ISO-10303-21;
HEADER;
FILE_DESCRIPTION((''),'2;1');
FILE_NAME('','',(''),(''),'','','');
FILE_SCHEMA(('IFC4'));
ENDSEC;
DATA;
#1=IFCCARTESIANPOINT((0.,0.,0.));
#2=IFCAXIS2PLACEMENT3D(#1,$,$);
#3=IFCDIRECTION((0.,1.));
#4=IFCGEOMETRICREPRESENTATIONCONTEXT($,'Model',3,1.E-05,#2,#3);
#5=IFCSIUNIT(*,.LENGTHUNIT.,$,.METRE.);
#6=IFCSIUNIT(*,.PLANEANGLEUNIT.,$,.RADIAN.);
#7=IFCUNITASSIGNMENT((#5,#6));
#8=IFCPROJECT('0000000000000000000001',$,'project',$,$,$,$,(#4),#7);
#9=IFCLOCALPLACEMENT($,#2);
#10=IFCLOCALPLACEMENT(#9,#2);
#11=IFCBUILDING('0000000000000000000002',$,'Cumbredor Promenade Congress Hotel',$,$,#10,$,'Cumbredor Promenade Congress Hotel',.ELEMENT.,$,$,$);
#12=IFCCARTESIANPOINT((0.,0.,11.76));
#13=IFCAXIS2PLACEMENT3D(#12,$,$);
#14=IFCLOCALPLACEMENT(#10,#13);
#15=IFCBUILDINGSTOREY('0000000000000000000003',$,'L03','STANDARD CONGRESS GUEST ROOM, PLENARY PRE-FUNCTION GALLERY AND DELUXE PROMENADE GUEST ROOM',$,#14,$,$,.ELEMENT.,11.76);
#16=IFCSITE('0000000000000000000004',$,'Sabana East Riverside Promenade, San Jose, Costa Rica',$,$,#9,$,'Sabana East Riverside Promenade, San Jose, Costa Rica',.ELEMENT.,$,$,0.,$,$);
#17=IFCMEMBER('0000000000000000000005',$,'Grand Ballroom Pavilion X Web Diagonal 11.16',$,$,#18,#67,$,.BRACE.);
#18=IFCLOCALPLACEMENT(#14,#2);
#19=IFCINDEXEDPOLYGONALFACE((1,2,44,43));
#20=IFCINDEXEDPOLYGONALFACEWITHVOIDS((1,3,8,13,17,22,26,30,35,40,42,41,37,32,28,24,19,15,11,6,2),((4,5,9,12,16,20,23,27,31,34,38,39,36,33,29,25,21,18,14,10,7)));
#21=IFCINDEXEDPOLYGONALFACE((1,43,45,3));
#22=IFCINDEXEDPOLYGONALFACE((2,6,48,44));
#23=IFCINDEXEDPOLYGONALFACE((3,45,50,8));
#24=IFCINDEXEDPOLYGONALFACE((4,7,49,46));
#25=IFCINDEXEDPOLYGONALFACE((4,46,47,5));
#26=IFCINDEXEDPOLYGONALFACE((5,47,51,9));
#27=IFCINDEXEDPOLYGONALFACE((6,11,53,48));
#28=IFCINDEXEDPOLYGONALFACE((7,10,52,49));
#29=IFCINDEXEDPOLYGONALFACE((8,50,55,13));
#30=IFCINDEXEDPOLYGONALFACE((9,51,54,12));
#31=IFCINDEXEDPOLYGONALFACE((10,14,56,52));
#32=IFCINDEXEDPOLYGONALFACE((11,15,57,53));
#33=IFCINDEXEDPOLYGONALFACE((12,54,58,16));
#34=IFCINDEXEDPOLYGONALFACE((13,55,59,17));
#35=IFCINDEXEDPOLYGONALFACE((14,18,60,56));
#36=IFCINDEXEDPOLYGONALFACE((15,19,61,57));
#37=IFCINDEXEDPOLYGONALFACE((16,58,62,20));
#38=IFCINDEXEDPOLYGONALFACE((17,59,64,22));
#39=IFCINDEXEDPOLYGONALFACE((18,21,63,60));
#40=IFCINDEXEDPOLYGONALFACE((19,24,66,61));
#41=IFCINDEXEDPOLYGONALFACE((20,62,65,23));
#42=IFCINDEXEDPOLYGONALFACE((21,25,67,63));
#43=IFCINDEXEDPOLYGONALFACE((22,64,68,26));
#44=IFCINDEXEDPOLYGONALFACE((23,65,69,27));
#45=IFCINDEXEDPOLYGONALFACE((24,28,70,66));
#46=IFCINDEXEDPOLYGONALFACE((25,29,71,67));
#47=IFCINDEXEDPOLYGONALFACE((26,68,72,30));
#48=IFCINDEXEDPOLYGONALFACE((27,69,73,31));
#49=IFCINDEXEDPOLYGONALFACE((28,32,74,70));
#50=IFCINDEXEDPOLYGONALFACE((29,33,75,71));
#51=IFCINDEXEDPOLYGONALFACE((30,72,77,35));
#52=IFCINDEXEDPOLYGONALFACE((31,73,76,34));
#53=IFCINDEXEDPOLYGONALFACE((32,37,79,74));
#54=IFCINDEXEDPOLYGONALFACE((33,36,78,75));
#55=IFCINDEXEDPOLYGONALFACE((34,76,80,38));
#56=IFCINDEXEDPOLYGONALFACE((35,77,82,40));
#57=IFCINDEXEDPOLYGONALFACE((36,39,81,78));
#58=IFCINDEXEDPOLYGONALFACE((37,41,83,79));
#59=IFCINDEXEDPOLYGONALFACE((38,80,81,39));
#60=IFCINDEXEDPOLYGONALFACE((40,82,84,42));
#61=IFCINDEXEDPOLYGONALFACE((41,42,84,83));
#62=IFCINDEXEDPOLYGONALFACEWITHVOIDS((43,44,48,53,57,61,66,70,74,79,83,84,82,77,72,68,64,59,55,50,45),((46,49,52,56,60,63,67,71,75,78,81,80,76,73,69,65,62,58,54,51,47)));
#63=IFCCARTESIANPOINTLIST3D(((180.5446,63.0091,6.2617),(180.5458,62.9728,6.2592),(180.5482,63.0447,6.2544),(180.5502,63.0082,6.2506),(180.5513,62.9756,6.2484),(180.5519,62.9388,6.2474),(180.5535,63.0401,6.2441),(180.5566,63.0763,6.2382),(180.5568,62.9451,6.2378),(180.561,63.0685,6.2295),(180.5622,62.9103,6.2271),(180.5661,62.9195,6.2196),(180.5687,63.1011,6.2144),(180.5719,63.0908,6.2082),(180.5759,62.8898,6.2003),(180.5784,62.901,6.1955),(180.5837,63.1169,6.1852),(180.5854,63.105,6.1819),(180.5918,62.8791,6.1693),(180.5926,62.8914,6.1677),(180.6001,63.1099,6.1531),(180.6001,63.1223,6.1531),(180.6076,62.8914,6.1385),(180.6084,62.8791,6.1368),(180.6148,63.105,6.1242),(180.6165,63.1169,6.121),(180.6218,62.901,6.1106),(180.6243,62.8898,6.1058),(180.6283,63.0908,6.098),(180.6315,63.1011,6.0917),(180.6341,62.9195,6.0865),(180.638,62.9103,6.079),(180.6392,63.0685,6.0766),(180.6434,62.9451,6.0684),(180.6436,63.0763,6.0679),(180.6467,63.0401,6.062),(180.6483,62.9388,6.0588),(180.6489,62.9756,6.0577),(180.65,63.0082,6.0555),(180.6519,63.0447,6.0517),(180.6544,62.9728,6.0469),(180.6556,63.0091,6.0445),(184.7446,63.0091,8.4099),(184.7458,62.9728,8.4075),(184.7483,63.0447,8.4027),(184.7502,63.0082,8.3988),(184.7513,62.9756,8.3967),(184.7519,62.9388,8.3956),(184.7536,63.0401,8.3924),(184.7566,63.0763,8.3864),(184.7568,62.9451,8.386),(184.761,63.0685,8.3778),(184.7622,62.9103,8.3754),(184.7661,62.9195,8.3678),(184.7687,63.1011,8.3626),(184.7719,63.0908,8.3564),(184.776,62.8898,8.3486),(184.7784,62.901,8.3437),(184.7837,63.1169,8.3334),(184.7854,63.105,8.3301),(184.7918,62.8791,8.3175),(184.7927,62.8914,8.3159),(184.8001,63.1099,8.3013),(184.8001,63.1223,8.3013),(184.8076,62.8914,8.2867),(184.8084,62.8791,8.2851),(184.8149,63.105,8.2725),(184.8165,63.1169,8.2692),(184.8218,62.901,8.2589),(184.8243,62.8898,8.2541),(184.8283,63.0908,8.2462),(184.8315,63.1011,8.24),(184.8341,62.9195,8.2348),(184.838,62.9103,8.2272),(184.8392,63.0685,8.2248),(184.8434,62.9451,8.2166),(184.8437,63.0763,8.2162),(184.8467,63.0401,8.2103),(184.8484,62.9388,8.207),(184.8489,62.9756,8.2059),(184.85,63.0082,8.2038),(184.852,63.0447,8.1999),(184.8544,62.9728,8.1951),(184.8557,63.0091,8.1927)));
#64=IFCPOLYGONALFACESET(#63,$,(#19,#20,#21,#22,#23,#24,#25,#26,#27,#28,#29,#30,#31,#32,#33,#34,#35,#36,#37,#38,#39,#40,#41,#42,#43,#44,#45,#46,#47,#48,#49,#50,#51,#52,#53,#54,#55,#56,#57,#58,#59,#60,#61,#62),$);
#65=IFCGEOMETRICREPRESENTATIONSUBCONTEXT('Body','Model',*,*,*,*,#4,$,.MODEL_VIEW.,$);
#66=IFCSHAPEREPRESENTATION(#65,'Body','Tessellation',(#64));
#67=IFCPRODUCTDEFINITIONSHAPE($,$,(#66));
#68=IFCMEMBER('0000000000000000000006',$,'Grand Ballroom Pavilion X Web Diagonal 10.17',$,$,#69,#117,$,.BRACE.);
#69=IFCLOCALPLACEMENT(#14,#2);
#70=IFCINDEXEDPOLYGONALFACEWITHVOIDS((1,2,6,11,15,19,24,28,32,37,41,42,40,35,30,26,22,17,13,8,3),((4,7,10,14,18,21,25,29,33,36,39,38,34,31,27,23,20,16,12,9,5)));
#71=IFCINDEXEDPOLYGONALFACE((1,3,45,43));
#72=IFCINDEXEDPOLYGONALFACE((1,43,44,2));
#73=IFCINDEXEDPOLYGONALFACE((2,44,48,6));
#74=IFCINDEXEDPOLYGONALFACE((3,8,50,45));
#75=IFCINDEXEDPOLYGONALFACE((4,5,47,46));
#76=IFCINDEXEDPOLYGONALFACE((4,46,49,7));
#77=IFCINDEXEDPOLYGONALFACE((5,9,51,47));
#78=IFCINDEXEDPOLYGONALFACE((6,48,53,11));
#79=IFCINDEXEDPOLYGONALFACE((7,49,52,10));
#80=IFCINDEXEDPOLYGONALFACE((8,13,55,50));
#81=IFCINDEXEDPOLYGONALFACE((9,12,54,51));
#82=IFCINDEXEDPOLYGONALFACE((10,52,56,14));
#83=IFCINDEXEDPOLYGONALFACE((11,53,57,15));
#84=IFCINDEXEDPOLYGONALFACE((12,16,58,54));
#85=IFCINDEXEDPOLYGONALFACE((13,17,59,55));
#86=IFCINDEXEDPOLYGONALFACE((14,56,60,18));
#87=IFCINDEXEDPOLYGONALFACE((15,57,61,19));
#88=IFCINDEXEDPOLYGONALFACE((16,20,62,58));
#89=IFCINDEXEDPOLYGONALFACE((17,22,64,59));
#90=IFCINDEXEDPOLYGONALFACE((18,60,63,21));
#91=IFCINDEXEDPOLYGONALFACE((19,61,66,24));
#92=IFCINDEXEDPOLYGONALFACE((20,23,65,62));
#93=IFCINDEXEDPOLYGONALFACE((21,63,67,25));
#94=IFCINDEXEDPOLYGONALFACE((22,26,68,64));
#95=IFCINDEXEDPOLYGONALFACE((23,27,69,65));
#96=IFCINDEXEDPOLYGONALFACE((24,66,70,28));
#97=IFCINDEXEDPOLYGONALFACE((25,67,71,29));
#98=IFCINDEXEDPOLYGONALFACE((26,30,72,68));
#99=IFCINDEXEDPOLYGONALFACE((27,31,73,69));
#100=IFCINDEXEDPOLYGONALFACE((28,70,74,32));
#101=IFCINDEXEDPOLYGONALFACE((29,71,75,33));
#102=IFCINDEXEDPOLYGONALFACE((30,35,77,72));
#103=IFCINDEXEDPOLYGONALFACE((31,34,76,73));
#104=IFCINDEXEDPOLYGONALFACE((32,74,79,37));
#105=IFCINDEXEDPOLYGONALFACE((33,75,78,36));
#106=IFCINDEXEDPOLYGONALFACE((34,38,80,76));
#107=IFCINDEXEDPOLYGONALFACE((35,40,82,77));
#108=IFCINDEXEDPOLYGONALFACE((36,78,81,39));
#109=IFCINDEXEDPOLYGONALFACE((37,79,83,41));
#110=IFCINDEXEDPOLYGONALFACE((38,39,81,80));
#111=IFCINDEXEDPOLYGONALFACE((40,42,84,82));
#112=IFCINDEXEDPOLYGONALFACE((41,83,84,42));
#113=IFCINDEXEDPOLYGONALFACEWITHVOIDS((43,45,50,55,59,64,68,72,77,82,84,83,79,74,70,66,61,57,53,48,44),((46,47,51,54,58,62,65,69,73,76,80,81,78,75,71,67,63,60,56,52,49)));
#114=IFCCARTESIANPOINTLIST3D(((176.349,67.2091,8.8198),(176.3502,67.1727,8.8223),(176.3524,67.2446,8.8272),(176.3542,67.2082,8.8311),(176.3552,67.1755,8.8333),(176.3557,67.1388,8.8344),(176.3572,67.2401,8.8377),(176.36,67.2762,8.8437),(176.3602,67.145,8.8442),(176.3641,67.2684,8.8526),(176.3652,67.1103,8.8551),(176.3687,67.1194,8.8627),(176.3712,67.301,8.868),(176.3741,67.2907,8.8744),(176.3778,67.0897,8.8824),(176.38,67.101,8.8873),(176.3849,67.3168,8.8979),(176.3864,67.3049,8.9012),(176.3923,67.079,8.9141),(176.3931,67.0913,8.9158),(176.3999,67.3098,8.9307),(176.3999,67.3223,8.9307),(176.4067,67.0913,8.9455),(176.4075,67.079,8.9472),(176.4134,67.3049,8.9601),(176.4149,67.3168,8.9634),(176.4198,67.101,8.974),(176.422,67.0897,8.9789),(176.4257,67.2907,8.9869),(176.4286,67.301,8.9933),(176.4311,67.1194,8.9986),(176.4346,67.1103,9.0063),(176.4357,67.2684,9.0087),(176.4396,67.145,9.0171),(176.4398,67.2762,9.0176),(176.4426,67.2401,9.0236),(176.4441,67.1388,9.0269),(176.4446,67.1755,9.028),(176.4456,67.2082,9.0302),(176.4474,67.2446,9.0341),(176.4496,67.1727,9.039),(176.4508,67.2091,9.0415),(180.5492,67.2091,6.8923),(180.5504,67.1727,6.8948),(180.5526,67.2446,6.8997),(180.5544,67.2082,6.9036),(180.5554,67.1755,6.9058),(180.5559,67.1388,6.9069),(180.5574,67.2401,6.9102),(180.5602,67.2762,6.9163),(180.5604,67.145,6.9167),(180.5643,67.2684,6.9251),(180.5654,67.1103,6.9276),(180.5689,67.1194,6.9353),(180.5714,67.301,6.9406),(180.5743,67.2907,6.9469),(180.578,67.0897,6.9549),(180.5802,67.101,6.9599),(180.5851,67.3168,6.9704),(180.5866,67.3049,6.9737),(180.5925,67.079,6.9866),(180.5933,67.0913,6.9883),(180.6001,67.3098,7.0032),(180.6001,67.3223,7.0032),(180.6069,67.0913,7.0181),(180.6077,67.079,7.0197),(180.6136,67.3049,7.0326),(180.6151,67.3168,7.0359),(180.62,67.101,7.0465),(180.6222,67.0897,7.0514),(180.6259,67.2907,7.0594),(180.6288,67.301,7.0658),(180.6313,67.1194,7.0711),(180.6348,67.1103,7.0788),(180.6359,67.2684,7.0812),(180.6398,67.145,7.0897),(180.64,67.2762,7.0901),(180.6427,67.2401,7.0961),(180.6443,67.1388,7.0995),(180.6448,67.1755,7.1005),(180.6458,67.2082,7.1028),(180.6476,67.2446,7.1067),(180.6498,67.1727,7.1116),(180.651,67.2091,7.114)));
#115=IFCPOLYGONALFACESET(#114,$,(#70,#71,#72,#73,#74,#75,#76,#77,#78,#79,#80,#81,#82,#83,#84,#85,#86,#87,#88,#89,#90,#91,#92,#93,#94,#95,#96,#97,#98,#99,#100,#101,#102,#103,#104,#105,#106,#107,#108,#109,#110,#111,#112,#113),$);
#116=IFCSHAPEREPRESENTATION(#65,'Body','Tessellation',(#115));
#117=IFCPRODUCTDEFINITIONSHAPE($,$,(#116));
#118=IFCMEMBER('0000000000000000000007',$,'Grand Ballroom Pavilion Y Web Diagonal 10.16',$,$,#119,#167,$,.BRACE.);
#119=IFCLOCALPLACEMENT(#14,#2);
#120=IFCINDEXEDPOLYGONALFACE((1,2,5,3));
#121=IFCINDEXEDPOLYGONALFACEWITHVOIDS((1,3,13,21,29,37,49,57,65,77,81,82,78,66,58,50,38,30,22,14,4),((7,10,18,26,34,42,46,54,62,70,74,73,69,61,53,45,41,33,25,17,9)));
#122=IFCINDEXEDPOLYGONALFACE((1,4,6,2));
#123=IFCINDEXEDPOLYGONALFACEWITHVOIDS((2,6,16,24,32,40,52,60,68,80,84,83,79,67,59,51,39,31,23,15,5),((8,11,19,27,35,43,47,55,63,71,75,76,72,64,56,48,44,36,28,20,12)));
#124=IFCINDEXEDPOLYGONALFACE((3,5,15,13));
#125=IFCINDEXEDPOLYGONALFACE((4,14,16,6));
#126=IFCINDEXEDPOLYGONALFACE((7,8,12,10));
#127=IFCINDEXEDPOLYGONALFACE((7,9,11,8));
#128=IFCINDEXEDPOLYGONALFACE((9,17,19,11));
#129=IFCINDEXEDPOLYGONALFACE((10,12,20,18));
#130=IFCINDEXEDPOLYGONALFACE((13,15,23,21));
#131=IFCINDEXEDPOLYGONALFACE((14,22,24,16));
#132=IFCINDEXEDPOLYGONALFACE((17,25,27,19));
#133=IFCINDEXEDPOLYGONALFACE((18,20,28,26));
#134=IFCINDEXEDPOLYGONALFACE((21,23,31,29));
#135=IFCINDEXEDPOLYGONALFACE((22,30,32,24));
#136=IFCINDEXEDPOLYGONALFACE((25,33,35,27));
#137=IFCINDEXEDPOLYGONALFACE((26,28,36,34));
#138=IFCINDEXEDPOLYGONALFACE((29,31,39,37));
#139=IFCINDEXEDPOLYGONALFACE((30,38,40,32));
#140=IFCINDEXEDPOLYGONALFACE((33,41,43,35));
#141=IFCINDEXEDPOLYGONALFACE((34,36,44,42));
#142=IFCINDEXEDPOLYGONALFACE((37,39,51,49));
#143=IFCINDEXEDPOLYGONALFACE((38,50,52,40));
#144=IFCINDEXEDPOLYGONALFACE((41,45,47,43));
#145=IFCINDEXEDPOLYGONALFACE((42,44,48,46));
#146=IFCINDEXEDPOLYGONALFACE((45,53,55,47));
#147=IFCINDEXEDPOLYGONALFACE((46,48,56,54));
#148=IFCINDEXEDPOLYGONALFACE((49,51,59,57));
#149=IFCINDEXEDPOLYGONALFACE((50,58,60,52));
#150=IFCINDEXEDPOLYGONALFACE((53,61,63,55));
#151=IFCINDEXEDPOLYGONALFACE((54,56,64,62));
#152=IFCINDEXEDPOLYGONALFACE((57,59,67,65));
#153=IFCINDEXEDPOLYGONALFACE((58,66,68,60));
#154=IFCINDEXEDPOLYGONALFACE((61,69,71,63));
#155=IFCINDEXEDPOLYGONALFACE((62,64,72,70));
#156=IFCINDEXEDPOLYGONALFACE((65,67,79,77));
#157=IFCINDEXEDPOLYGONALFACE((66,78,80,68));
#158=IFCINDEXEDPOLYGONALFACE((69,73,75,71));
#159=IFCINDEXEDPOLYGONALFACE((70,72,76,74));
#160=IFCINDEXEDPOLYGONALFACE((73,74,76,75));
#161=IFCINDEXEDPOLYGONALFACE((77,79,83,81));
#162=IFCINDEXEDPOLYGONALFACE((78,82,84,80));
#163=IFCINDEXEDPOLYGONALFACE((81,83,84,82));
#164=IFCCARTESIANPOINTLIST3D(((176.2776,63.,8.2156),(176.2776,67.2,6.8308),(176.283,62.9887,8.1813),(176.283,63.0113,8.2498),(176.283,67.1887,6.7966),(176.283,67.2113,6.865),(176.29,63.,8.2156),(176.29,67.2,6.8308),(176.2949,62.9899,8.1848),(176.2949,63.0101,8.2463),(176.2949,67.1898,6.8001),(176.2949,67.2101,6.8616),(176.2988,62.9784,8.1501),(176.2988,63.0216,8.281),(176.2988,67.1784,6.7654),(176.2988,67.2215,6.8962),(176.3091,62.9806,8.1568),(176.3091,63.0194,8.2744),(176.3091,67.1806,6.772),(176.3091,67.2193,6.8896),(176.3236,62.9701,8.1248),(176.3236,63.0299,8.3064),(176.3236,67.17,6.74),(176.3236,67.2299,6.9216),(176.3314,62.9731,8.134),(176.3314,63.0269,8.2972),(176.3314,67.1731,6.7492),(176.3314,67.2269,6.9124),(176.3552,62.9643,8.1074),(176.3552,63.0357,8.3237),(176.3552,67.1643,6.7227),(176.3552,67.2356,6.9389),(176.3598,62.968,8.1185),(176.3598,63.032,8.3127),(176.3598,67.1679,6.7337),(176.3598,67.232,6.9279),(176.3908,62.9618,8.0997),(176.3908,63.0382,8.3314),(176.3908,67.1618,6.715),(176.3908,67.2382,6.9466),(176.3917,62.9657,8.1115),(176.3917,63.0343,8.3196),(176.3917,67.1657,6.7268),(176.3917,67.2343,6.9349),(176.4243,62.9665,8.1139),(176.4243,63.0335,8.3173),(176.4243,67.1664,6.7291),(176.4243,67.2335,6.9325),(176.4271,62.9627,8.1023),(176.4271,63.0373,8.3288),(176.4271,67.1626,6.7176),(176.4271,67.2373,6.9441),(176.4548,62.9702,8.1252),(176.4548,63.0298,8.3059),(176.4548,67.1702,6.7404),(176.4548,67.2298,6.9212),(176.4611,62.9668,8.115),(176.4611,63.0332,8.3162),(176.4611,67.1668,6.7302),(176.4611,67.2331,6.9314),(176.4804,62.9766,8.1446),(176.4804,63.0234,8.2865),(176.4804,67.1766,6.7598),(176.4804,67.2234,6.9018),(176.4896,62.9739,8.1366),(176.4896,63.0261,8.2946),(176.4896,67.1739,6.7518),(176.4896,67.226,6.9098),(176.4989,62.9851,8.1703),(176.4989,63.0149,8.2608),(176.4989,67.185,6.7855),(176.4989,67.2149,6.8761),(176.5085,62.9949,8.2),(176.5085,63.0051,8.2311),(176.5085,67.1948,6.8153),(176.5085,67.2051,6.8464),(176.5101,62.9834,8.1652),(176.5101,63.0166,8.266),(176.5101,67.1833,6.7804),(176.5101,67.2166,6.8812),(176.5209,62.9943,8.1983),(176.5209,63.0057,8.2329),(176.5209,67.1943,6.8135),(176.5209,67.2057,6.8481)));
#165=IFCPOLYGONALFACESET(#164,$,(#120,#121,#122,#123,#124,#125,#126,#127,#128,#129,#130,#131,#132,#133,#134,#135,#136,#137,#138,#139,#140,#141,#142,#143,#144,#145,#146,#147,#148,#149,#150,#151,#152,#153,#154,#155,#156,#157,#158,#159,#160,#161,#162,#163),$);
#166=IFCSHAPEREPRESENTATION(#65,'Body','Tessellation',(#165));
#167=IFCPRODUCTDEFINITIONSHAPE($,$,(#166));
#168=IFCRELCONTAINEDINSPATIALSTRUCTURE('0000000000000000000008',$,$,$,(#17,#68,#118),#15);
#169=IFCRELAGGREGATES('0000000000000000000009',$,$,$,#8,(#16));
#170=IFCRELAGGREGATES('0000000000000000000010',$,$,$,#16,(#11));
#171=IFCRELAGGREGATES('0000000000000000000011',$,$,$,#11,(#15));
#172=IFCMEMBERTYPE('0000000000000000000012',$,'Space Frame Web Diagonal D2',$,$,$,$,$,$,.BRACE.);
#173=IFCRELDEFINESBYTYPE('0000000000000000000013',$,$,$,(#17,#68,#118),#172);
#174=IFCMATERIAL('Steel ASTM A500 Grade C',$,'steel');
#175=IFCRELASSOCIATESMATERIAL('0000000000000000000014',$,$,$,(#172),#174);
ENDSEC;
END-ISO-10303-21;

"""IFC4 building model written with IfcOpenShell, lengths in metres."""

from ifc_helpers import new_model, si_unit, direction, frame, origin, origin_2d, place, context, subcontext, project, spatial, hollow_circle, extrude, material, material_profile, profile_set, type_object, element, save


model = new_model("IFC4")

# Units and contexts
model_context = context("Model", 3, precision=1e-05, world=origin(), true_north=direction((0.0, 1.0)))
body_context = subcontext(model_context, "Body", "Model", "MODEL_VIEW")
ifc_project = project(units=[si_unit("LENGTHUNIT", "METRE"), si_unit("PLANEANGLEUNIT", "RADIAN")], contexts=[model_context])

# Site, building, storey
site_placement = place(None, origin())
site = spatial("IfcSite", under=ifc_project, at=site_placement, Name="Sabana East Riverside Promenade, San Jose, Costa Rica", LongName="Sabana East Riverside Promenade, San Jose, Costa Rica", CompositionType="ELEMENT", RefElevation=0.0)
building_placement = place(site_placement, origin())
building = spatial("IfcBuilding", under=site, at=building_placement, Name="Cumbredor Promenade Congress Hotel", LongName="Cumbredor Promenade Congress Hotel", CompositionType="ELEMENT")
storey_placement = place(building_placement, frame((0.0, 0.0, 11.76)))
storey = spatial("IfcBuildingStorey", under=building, at=storey_placement, Name="L03", Description="STANDARD CONGRESS GUEST ROOM, PLENARY PRE-FUNCTION GALLERY AND DELUXE PROMENADE GUEST ROOM", CompositionType="ELEMENT", Elevation=11.76)

# Shared definitions
ifc_material_1 = material(Name="Steel ASTM A500 Grade C", Category="steel")

# Members
ifc_material_profile_1 = material_profile(ifc_material_1, hollow_circle(Radius=0.1223, WallThickness=0.0125, at=origin_2d()), Name="CHS 244.5x12.5")
ifc_profile_set_1 = profile_set([ifc_material_profile_1], Name="Steel ASTM A500 Grade C")
member_type_1 = type_object("IfcMemberType", Name="Space Frame Web Diagonal D2", PredefinedType="BRACE", material=ifc_profile_set_1)
member_1_placement = place(storey_placement, frame((180.6001, 63.0, 6.1531), z_axis=(0.890301, 0.0, 0.455372), x_axis=(0.0, 1.0, 0.0)))
element("IfcMember", 1, at=member_1_placement, inside=storey, type_object=member_type_1, Name="Grand Ballroom Pavilion X Web Diagonal 11.16", PredefinedType="BRACE", context=body_context, shape_type="SweptSolid", body=[
    extrude(hollow_circle(Radius=0.1223, WallThickness=0.0125, at=origin_2d()), origin(), (0.0, 0.0, 1.0), 4.7175),
])
member_2_placement = place(storey_placement, frame((176.3999, 67.2, 8.9307), z_axis=(0.908868, 0.0, -0.417084), x_axis=(0.0, 1.0, 0.0)))
element("IfcMember", 2, at=member_2_placement, inside=storey, type_object=member_type_1, Name="Grand Ballroom Pavilion X Web Diagonal 10.17", PredefinedType="BRACE", context=body_context, shape_type="SweptSolid", body=[
    extrude(hollow_circle(Radius=0.1223, WallThickness=0.0125, at=origin_2d()), origin(), (0.0, 0.0, 1.0), 4.6213),
])
member_3_placement = place(storey_placement, frame((176.3999, 63.0, 8.2156), z_axis=(0.0, 0.949711, -0.313129), x_axis=(-1.0, 0.0, 0.0)))
element("IfcMember", 3, at=member_3_placement, inside=storey, type_object=member_type_1, Name="Grand Ballroom Pavilion Y Web Diagonal 10.16", PredefinedType="BRACE", context=body_context, shape_type="SweptSolid", body=[
    extrude(hollow_circle(Radius=0.1223, WallThickness=0.0125, at=origin_2d()), origin(), (0.0, 0.0, 1.0), 4.4224),
])

save(model, "model.ifc")
